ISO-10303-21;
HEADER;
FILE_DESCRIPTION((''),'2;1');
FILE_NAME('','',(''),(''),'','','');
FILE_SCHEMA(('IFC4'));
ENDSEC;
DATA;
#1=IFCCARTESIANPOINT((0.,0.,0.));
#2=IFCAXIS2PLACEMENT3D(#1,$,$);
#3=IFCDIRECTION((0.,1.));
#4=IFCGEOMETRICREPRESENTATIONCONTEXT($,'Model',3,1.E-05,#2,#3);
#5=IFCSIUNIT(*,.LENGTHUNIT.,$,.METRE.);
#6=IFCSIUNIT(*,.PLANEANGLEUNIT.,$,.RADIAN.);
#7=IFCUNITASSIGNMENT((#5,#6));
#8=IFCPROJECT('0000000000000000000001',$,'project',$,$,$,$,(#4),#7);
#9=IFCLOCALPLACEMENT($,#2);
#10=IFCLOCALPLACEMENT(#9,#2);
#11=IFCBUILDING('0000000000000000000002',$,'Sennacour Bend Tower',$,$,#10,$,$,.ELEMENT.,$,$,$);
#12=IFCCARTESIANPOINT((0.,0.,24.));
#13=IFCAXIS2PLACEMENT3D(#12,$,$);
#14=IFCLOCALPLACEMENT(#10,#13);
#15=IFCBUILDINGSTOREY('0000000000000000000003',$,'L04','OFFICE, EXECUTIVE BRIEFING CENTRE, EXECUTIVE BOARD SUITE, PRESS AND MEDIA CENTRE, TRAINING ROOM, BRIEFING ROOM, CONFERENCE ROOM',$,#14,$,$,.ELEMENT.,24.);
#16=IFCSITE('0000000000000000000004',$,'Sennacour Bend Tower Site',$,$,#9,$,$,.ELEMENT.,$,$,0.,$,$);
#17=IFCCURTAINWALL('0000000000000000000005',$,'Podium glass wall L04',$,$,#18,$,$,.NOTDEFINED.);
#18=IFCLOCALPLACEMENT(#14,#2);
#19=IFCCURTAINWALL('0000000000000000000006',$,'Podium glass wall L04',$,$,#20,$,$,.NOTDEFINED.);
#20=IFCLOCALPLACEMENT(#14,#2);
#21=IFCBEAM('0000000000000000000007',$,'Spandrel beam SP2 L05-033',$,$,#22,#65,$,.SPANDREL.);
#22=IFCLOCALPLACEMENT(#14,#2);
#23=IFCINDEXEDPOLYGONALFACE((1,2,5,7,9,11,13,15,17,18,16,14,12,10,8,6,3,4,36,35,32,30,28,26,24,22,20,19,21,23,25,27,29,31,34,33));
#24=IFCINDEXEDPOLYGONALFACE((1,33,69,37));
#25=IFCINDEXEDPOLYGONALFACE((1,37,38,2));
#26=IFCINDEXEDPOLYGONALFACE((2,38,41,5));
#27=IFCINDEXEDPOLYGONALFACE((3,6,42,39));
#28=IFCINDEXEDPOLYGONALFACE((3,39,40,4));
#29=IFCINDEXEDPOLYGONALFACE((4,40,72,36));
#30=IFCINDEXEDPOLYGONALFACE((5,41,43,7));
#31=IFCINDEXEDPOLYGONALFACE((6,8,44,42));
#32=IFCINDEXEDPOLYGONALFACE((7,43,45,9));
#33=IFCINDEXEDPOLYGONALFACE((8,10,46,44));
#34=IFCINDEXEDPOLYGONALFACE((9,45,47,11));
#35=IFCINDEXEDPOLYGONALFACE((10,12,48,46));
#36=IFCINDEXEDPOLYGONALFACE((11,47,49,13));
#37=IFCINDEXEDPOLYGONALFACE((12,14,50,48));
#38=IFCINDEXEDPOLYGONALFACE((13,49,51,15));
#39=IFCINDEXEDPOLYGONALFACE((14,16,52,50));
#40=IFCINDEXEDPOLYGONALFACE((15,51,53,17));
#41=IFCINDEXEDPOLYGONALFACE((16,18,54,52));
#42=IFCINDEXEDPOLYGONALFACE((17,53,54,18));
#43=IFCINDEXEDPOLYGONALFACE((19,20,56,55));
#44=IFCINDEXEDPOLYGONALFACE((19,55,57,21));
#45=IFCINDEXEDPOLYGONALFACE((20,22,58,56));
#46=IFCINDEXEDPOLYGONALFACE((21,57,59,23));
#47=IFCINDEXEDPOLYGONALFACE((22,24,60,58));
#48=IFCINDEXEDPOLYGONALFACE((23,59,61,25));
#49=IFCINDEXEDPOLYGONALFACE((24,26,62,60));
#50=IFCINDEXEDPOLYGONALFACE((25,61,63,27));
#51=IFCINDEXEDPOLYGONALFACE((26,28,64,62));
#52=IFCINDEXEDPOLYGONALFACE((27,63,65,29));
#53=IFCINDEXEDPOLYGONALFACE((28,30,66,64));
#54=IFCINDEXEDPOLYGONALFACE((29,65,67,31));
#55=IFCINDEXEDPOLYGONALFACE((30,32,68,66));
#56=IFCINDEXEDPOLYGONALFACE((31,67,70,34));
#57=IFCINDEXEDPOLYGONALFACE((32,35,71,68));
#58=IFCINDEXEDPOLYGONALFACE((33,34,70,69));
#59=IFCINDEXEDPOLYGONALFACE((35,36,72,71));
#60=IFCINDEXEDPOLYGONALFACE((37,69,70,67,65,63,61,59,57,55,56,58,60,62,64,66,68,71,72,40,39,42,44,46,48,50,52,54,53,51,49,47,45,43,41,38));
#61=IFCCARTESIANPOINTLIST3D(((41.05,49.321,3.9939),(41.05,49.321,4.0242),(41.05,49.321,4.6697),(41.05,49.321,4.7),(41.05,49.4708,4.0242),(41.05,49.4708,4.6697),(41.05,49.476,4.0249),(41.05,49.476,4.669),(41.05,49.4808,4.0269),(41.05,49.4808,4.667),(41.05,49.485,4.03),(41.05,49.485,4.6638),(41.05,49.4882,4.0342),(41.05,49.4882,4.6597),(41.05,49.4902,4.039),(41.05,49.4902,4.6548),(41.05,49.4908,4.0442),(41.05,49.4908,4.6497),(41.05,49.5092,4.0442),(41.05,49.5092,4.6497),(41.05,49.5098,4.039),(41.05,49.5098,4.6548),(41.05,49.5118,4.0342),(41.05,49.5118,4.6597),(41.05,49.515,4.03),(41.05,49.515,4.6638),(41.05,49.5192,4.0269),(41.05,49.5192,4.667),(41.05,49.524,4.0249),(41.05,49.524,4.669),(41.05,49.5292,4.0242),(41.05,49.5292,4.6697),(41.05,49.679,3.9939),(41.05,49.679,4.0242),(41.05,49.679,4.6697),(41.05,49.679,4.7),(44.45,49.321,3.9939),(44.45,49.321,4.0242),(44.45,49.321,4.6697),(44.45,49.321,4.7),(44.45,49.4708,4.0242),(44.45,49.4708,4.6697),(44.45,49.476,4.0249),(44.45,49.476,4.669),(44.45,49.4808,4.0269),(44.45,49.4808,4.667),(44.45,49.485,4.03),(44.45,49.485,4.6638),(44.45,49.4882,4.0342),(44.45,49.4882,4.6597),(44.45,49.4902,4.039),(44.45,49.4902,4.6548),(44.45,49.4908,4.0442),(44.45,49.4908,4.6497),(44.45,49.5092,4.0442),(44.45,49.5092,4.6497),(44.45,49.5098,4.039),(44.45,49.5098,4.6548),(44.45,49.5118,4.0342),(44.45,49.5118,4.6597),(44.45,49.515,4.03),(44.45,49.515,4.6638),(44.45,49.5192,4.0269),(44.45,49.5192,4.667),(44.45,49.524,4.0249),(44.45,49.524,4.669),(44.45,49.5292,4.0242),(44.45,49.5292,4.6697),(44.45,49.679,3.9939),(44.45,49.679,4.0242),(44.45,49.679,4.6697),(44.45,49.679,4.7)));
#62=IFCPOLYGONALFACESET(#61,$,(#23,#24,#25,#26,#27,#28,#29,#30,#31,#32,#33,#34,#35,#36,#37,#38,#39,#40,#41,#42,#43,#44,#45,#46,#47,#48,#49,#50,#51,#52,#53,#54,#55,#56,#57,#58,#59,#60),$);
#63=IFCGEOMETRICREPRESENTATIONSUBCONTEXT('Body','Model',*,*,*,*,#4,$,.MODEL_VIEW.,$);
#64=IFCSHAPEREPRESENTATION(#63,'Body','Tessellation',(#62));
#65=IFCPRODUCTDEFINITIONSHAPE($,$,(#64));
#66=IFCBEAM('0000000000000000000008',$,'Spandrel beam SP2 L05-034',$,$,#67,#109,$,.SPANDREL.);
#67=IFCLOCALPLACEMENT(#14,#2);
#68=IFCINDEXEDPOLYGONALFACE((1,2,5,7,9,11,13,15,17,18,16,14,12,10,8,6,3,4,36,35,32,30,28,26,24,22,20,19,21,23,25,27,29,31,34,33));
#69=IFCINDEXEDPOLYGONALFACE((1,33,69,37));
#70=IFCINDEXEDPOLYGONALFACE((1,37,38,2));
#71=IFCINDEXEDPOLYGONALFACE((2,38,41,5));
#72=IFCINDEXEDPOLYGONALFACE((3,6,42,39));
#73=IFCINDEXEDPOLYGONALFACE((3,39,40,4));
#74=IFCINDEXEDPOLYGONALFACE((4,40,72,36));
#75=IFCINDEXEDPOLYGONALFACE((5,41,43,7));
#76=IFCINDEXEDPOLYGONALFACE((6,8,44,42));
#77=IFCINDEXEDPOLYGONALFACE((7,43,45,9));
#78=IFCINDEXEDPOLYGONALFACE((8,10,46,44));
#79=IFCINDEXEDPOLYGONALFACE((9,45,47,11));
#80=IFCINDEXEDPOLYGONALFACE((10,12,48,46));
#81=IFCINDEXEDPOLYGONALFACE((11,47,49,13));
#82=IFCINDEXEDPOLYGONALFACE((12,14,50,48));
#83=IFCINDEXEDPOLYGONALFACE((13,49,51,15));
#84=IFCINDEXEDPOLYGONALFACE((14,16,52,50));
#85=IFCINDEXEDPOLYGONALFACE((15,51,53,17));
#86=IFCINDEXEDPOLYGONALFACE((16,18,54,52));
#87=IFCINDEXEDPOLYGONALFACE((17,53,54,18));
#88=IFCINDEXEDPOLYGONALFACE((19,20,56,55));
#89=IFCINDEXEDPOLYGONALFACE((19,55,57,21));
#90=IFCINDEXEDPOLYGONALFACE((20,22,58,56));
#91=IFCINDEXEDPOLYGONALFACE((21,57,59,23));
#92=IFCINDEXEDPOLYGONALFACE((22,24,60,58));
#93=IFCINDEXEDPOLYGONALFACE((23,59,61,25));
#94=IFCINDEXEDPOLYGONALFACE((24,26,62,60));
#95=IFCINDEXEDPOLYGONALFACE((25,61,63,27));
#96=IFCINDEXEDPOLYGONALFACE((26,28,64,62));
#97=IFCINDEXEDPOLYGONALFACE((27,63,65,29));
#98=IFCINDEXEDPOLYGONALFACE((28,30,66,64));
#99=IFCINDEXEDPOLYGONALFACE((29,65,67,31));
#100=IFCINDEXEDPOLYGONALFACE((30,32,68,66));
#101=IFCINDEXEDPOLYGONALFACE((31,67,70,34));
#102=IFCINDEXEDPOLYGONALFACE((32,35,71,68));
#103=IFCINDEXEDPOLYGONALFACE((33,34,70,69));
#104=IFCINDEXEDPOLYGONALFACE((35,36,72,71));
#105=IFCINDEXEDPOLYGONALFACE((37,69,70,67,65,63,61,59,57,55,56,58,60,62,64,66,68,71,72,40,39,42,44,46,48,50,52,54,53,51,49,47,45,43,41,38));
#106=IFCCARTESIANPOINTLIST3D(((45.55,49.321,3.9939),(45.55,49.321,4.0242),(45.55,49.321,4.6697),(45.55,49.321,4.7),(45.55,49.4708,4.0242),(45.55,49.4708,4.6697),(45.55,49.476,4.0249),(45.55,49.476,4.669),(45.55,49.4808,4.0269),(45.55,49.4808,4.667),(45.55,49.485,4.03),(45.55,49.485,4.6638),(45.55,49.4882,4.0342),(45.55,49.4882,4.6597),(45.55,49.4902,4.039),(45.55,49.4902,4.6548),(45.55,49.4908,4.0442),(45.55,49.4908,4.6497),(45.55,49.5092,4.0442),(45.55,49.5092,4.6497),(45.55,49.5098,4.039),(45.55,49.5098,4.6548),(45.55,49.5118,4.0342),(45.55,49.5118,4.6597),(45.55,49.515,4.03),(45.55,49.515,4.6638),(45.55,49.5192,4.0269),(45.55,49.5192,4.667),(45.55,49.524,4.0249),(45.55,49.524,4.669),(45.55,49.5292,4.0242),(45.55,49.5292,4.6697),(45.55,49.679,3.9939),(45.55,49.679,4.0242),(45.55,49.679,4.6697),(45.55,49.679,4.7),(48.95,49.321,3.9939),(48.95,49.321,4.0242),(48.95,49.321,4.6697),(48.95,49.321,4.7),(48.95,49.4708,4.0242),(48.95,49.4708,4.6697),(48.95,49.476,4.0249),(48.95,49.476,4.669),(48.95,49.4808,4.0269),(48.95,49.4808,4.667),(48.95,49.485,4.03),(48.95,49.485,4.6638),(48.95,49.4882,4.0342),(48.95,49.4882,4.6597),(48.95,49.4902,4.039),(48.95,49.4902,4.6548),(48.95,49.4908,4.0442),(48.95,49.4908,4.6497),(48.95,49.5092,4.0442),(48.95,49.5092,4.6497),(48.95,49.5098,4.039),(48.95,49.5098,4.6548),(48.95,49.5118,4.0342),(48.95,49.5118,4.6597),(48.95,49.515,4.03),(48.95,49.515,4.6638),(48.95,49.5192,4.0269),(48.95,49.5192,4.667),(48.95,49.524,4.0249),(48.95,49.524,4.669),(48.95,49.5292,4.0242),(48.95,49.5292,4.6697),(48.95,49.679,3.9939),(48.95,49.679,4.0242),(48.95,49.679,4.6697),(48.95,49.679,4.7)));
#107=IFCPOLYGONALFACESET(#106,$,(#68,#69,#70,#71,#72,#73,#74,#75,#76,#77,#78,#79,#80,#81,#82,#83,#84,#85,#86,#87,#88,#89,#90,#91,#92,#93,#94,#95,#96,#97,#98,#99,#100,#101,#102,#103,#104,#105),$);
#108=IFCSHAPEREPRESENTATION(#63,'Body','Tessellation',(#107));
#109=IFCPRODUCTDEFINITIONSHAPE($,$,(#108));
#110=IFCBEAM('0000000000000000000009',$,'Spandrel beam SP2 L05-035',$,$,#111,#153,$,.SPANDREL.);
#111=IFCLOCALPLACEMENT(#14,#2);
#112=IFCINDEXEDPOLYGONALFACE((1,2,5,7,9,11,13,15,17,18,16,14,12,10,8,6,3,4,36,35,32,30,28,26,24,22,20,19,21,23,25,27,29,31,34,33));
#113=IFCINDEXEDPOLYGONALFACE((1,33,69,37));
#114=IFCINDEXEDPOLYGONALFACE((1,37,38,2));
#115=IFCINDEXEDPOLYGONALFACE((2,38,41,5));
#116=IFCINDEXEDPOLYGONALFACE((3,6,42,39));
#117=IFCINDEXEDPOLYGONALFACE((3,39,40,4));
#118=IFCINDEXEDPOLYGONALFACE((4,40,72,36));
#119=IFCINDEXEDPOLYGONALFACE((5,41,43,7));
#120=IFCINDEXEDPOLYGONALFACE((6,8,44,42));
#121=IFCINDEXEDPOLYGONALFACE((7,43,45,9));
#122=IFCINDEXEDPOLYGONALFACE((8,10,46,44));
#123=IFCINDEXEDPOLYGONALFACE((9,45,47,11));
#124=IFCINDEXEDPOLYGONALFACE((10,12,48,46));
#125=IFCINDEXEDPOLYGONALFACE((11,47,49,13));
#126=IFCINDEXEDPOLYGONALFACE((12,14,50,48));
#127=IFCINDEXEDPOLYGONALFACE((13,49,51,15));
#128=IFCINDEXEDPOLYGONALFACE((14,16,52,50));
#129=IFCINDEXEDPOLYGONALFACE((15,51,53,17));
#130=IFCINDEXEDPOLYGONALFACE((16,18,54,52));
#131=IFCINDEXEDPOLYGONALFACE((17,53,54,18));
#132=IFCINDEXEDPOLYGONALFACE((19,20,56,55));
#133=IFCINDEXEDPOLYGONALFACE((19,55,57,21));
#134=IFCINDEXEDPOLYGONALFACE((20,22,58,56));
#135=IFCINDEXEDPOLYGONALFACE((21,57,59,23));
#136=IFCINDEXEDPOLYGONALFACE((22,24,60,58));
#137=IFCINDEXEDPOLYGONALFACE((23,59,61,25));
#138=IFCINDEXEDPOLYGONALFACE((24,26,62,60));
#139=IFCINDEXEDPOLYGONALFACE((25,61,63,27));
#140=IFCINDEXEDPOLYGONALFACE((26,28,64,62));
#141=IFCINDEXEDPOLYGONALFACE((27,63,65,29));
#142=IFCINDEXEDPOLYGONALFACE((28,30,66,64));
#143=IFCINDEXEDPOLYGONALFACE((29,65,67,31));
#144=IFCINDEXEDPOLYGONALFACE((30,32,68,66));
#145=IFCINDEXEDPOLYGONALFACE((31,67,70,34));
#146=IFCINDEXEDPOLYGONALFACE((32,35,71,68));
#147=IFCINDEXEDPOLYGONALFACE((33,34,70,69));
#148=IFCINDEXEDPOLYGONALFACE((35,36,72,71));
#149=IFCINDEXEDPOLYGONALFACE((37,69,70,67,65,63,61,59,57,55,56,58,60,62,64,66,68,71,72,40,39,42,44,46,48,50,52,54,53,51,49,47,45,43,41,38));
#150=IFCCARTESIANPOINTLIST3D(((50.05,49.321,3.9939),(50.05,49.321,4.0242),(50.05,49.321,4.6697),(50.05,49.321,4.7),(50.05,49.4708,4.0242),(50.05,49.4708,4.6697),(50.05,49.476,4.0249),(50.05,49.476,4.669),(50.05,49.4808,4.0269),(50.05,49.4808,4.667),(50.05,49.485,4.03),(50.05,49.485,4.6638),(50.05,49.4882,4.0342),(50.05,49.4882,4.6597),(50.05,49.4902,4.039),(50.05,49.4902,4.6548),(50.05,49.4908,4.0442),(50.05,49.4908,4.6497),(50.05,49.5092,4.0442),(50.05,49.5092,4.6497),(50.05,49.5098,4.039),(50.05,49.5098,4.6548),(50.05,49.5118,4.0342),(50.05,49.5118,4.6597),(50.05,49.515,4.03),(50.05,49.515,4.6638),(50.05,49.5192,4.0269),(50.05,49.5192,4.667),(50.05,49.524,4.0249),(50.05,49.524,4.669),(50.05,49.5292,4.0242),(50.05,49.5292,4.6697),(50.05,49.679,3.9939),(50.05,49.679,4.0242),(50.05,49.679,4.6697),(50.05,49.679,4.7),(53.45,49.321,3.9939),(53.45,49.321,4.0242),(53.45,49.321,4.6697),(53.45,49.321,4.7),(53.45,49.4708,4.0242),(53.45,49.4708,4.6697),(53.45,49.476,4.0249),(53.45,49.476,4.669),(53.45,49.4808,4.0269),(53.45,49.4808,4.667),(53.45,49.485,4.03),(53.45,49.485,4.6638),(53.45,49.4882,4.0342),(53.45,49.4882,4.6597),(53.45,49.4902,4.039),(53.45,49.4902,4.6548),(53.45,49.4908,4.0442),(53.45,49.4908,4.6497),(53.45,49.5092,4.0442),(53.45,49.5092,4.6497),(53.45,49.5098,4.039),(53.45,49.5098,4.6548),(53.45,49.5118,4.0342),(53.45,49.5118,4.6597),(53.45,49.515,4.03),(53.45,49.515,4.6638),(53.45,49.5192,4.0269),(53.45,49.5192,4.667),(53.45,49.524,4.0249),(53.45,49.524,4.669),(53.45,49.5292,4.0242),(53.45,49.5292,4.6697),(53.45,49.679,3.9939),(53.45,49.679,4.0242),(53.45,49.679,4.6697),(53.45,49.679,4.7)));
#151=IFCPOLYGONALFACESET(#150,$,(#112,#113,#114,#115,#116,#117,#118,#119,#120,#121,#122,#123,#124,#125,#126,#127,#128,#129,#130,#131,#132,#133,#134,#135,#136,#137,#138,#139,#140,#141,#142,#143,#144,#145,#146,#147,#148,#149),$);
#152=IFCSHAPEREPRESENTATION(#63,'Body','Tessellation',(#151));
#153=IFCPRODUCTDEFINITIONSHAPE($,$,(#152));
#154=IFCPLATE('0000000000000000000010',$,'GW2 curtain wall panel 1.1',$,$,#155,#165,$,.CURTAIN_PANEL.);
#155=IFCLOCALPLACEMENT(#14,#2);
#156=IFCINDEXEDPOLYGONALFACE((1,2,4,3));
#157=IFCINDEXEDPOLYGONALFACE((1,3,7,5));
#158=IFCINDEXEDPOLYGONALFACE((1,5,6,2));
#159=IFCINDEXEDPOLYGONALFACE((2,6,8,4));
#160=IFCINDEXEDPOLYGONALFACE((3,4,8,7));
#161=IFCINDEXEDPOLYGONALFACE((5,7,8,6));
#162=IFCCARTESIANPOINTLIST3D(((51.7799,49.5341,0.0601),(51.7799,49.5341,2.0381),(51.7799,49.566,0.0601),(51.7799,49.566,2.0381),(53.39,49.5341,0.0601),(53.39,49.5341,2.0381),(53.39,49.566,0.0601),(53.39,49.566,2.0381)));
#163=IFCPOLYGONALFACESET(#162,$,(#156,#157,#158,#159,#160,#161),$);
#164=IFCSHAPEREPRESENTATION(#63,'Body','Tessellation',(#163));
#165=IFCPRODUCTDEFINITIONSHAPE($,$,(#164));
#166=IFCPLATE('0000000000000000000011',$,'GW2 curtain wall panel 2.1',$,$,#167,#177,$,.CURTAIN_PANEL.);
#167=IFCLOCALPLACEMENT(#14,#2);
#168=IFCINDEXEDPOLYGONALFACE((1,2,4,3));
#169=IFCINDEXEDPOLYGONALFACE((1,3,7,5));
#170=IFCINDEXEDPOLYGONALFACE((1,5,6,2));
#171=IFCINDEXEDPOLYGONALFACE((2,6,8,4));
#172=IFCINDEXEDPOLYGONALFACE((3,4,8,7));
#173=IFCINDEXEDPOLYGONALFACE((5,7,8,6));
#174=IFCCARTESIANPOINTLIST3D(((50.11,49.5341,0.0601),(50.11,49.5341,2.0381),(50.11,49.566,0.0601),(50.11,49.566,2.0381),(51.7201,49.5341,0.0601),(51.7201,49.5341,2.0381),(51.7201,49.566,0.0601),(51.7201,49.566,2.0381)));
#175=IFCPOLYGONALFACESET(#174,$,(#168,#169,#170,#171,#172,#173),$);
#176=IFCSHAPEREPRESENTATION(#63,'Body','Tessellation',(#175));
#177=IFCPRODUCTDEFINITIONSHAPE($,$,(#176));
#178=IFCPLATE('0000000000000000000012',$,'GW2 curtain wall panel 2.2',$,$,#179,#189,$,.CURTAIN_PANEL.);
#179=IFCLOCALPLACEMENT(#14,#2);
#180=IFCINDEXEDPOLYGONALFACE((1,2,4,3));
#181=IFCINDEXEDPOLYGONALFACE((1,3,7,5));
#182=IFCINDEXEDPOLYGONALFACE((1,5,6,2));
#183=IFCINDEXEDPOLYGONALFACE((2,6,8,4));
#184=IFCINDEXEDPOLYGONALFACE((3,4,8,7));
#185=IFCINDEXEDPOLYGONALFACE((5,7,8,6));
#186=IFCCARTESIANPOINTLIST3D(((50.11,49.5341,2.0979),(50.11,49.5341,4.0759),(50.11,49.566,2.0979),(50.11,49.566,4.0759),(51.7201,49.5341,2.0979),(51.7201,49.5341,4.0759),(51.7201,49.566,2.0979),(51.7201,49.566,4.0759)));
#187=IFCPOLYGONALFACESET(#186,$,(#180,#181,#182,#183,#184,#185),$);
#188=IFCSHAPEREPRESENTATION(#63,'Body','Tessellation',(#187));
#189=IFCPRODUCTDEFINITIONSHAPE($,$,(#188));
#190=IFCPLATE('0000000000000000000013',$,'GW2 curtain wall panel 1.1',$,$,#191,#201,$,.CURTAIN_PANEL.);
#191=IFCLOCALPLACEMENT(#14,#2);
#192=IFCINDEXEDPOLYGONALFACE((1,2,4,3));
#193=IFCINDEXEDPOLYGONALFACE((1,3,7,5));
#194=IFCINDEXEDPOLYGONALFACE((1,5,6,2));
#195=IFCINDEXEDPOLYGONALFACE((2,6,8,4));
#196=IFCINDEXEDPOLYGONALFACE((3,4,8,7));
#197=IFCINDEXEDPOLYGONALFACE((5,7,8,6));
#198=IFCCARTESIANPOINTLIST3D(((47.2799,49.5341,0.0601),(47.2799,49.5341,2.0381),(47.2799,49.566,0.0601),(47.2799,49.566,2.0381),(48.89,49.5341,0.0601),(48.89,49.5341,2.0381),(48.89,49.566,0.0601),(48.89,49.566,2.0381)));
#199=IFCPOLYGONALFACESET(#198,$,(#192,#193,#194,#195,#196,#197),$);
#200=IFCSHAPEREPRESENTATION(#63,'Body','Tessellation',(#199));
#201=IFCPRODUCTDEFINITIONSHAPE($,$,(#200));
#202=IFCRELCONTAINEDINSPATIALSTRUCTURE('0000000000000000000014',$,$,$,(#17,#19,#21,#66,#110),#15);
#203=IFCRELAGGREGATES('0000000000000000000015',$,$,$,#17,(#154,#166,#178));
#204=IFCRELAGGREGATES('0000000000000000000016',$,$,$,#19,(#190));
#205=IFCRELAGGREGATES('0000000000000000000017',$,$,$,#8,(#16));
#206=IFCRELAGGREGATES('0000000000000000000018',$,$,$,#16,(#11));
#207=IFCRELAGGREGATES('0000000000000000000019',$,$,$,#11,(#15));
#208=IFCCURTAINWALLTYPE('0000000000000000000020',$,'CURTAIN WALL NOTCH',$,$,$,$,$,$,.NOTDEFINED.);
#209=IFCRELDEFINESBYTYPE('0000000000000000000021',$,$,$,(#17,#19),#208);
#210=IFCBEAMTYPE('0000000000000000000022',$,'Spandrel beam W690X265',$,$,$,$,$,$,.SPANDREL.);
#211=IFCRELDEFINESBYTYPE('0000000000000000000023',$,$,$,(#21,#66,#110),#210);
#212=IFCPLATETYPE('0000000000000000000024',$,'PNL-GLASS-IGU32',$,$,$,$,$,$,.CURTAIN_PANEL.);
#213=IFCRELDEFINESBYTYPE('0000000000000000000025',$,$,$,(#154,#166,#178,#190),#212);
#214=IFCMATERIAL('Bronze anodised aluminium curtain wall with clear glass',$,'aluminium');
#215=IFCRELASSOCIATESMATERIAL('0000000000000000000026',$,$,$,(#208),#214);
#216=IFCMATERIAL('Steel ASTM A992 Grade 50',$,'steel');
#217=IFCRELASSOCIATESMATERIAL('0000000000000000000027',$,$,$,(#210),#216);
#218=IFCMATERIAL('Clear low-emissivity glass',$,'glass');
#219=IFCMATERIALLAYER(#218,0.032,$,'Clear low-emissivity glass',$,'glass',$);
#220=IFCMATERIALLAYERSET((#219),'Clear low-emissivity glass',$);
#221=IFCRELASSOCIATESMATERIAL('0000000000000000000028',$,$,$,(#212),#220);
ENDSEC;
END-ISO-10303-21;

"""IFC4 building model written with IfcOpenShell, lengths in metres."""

from ifc_helpers import new_model, si_unit, direction, frame, origin, origin_2d, place, context, subcontext, project, spatial, rectangle, i_section, extrude, material, layer, layer_set, material_profile, profile_set, type_object, element, aggregate, save


model = new_model("IFC4")

# Units and contexts
model_context = context("Model", 3, precision=1e-05, world=origin(), true_north=direction((0.0, 1.0)))
body_context = subcontext(model_context, "Body", "Model", "MODEL_VIEW")
ifc_project = project(units=[si_unit("LENGTHUNIT", "METRE"), si_unit("PLANEANGLEUNIT", "RADIAN")], contexts=[model_context])

# Site, building, storey
site_placement = place(None, origin())
site = spatial("IfcSite", under=ifc_project, at=site_placement, Name="Sennacour Bend Tower Site", CompositionType="ELEMENT", RefElevation=0.0)
building_placement = place(site_placement, origin())
building = spatial("IfcBuilding", under=site, at=building_placement, Name="Sennacour Bend Tower", CompositionType="ELEMENT")
storey_placement = place(building_placement, frame((0.0, 0.0, 24.0)))
storey = spatial("IfcBuildingStorey", under=building, at=storey_placement, Name="L04", Description="OFFICE, EXECUTIVE BRIEFING CENTRE, EXECUTIVE BOARD SUITE, PRESS AND MEDIA CENTRE, TRAINING ROOM, BRIEFING ROOM, CONFERENCE ROOM", CompositionType="ELEMENT", Elevation=24.0)

# Curtain walls
ifc_material_1 = material(Name="Bronze anodised aluminium curtain wall with clear glass", Category="aluminium")
curtain_wall_type = type_object("IfcCurtainWallType", Name="CURTAIN WALL NOTCH", PredefinedType="NOTDEFINED", material=ifc_material_1)
curtain_wall_1_placement = place(storey_placement, origin())
curtain_wall_1 = element("IfcCurtainWall", 1, at=curtain_wall_1_placement, inside=storey, type_object=curtain_wall_type, Name="Podium glass wall L04", PredefinedType="NOTDEFINED")
curtain_wall_2_placement = place(storey_placement, origin())
curtain_wall_2 = element("IfcCurtainWall", 2, at=curtain_wall_2_placement, inside=storey, type_object=curtain_wall_type, Name="Podium glass wall L04", PredefinedType="NOTDEFINED")

# Beams
ifc_material_2 = material(Name="Steel ASTM A992 Grade 50", Category="steel")
ifc_material_profile_1 = material_profile(ifc_material_2, i_section(OverallWidth=0.3579, OverallDepth=0.7061, WebThickness=0.0183, FlangeThickness=0.0303, FilletRadius=0.02, at=origin_2d()), Name="Steel ASTM A992 Grade 50", Category="steel")
ifc_profile_set_1 = profile_set([ifc_material_profile_1], Name="Steel ASTM A992 Grade 50")
beam_type = type_object("IfcBeamType", Name="Spandrel beam W690X265", PredefinedType="SPANDREL", material=ifc_profile_set_1)
for number, where, z_axis, x_axis, name in (
    (3, (41.05, 49.5, 4.3469), (1.0, 0.0, 0.0), (0.0, 1.0, 0.0), "Spandrel beam SP2 L05-033"),
    (4, (45.55, 49.5, 4.3469), (1.0, 0.0, 0.0), (0.0, 1.0, 0.0), "Spandrel beam SP2 L05-034"),
    (5, (50.05, 49.5, 4.3469), (1.0, 0.0, 0.0), (0.0, 1.0, 0.0), "Spandrel beam SP2 L05-035"),
):
    element("IfcBeam", number, at=place(storey_placement, frame(where, z_axis=z_axis, x_axis=x_axis)), inside=storey, type_object=beam_type, Name=name, PredefinedType="SPANDREL", context=body_context, shape_type="SweptSolid", body=[
        extrude(i_section(OverallWidth=0.3579, OverallDepth=0.7061, WebThickness=0.0183, FlangeThickness=0.0303, FilletRadius=0.02, at=origin_2d()), origin(), (0.0, 0.0, 1.0), 3.3999),
    ])

# Plates
ifc_material_3 = material(Name="Clear low-emissivity glass", Category="glass")
ifc_layer = layer(ifc_material_3, 0.032, Name="Clear low-emissivity glass", Category="glass")
ifc_layer_set = layer_set([ifc_layer], Name="Clear low-emissivity glass")
plate_type = type_object("IfcPlateType", Name="PNL-GLASS-IGU32", PredefinedType="CURTAIN_PANEL", material=ifc_layer_set)
plate_1_placement = place(storey_placement, frame((52.585, 49.55, 0.0601), z_axis=(0.0, 0.0, 1.0), x_axis=(-1.0, 0.0, 0.0)))
plate_1 = element("IfcPlate", 6, at=plate_1_placement, type_object=plate_type, Name="GW2 curtain wall panel 1.1", PredefinedType="CURTAIN_PANEL", context=body_context, shape_type="SweptSolid", body=[
    extrude(rectangle(XDim=1.6101, YDim=0.032, at=origin_2d()), origin(), (0.0, 0.0, 1.0), 1.978),
])
plate_2_placement = place(storey_placement, frame((50.915, 49.55, 0.0601), z_axis=(0.0, 0.0, 1.0), x_axis=(-1.0, 0.0, 0.0)))
plate_2 = element("IfcPlate", 7, at=plate_2_placement, type_object=plate_type, Name="GW2 curtain wall panel 2.1", PredefinedType="CURTAIN_PANEL", context=body_context, shape_type="SweptSolid", body=[
    extrude(rectangle(XDim=1.6101, YDim=0.032, at=origin_2d()), origin(), (0.0, 0.0, 1.0), 1.978),
])
plate_3_placement = place(storey_placement, frame((50.915, 49.55, 2.0979), z_axis=(0.0, 0.0, 1.0), x_axis=(-1.0, 0.0, 0.0)))
plate_3 = element("IfcPlate", 8, at=plate_3_placement, type_object=plate_type, Name="GW2 curtain wall panel 2.2", PredefinedType="CURTAIN_PANEL", context=body_context, shape_type="SweptSolid", body=[
    extrude(rectangle(XDim=1.6101, YDim=0.032, at=origin_2d()), origin(), (0.0, 0.0, 1.0), 1.978),
])
aggregate(curtain_wall_1, [plate_1, plate_2, plate_3])
plate_4_placement = place(storey_placement, frame((48.085, 49.55, 0.0601), z_axis=(0.0, 0.0, 1.0), x_axis=(-1.0, 0.0, 0.0)))
plate_4 = element("IfcPlate", 9, at=plate_4_placement, type_object=plate_type, Name="GW2 curtain wall panel 1.1", PredefinedType="CURTAIN_PANEL", context=body_context, shape_type="SweptSolid", body=[
    extrude(rectangle(XDim=1.6101, YDim=0.032, at=origin_2d()), origin(), (0.0, 0.0, 1.0), 1.978),
])
aggregate(curtain_wall_2, [plate_4])

save(model, "model.ifc")
